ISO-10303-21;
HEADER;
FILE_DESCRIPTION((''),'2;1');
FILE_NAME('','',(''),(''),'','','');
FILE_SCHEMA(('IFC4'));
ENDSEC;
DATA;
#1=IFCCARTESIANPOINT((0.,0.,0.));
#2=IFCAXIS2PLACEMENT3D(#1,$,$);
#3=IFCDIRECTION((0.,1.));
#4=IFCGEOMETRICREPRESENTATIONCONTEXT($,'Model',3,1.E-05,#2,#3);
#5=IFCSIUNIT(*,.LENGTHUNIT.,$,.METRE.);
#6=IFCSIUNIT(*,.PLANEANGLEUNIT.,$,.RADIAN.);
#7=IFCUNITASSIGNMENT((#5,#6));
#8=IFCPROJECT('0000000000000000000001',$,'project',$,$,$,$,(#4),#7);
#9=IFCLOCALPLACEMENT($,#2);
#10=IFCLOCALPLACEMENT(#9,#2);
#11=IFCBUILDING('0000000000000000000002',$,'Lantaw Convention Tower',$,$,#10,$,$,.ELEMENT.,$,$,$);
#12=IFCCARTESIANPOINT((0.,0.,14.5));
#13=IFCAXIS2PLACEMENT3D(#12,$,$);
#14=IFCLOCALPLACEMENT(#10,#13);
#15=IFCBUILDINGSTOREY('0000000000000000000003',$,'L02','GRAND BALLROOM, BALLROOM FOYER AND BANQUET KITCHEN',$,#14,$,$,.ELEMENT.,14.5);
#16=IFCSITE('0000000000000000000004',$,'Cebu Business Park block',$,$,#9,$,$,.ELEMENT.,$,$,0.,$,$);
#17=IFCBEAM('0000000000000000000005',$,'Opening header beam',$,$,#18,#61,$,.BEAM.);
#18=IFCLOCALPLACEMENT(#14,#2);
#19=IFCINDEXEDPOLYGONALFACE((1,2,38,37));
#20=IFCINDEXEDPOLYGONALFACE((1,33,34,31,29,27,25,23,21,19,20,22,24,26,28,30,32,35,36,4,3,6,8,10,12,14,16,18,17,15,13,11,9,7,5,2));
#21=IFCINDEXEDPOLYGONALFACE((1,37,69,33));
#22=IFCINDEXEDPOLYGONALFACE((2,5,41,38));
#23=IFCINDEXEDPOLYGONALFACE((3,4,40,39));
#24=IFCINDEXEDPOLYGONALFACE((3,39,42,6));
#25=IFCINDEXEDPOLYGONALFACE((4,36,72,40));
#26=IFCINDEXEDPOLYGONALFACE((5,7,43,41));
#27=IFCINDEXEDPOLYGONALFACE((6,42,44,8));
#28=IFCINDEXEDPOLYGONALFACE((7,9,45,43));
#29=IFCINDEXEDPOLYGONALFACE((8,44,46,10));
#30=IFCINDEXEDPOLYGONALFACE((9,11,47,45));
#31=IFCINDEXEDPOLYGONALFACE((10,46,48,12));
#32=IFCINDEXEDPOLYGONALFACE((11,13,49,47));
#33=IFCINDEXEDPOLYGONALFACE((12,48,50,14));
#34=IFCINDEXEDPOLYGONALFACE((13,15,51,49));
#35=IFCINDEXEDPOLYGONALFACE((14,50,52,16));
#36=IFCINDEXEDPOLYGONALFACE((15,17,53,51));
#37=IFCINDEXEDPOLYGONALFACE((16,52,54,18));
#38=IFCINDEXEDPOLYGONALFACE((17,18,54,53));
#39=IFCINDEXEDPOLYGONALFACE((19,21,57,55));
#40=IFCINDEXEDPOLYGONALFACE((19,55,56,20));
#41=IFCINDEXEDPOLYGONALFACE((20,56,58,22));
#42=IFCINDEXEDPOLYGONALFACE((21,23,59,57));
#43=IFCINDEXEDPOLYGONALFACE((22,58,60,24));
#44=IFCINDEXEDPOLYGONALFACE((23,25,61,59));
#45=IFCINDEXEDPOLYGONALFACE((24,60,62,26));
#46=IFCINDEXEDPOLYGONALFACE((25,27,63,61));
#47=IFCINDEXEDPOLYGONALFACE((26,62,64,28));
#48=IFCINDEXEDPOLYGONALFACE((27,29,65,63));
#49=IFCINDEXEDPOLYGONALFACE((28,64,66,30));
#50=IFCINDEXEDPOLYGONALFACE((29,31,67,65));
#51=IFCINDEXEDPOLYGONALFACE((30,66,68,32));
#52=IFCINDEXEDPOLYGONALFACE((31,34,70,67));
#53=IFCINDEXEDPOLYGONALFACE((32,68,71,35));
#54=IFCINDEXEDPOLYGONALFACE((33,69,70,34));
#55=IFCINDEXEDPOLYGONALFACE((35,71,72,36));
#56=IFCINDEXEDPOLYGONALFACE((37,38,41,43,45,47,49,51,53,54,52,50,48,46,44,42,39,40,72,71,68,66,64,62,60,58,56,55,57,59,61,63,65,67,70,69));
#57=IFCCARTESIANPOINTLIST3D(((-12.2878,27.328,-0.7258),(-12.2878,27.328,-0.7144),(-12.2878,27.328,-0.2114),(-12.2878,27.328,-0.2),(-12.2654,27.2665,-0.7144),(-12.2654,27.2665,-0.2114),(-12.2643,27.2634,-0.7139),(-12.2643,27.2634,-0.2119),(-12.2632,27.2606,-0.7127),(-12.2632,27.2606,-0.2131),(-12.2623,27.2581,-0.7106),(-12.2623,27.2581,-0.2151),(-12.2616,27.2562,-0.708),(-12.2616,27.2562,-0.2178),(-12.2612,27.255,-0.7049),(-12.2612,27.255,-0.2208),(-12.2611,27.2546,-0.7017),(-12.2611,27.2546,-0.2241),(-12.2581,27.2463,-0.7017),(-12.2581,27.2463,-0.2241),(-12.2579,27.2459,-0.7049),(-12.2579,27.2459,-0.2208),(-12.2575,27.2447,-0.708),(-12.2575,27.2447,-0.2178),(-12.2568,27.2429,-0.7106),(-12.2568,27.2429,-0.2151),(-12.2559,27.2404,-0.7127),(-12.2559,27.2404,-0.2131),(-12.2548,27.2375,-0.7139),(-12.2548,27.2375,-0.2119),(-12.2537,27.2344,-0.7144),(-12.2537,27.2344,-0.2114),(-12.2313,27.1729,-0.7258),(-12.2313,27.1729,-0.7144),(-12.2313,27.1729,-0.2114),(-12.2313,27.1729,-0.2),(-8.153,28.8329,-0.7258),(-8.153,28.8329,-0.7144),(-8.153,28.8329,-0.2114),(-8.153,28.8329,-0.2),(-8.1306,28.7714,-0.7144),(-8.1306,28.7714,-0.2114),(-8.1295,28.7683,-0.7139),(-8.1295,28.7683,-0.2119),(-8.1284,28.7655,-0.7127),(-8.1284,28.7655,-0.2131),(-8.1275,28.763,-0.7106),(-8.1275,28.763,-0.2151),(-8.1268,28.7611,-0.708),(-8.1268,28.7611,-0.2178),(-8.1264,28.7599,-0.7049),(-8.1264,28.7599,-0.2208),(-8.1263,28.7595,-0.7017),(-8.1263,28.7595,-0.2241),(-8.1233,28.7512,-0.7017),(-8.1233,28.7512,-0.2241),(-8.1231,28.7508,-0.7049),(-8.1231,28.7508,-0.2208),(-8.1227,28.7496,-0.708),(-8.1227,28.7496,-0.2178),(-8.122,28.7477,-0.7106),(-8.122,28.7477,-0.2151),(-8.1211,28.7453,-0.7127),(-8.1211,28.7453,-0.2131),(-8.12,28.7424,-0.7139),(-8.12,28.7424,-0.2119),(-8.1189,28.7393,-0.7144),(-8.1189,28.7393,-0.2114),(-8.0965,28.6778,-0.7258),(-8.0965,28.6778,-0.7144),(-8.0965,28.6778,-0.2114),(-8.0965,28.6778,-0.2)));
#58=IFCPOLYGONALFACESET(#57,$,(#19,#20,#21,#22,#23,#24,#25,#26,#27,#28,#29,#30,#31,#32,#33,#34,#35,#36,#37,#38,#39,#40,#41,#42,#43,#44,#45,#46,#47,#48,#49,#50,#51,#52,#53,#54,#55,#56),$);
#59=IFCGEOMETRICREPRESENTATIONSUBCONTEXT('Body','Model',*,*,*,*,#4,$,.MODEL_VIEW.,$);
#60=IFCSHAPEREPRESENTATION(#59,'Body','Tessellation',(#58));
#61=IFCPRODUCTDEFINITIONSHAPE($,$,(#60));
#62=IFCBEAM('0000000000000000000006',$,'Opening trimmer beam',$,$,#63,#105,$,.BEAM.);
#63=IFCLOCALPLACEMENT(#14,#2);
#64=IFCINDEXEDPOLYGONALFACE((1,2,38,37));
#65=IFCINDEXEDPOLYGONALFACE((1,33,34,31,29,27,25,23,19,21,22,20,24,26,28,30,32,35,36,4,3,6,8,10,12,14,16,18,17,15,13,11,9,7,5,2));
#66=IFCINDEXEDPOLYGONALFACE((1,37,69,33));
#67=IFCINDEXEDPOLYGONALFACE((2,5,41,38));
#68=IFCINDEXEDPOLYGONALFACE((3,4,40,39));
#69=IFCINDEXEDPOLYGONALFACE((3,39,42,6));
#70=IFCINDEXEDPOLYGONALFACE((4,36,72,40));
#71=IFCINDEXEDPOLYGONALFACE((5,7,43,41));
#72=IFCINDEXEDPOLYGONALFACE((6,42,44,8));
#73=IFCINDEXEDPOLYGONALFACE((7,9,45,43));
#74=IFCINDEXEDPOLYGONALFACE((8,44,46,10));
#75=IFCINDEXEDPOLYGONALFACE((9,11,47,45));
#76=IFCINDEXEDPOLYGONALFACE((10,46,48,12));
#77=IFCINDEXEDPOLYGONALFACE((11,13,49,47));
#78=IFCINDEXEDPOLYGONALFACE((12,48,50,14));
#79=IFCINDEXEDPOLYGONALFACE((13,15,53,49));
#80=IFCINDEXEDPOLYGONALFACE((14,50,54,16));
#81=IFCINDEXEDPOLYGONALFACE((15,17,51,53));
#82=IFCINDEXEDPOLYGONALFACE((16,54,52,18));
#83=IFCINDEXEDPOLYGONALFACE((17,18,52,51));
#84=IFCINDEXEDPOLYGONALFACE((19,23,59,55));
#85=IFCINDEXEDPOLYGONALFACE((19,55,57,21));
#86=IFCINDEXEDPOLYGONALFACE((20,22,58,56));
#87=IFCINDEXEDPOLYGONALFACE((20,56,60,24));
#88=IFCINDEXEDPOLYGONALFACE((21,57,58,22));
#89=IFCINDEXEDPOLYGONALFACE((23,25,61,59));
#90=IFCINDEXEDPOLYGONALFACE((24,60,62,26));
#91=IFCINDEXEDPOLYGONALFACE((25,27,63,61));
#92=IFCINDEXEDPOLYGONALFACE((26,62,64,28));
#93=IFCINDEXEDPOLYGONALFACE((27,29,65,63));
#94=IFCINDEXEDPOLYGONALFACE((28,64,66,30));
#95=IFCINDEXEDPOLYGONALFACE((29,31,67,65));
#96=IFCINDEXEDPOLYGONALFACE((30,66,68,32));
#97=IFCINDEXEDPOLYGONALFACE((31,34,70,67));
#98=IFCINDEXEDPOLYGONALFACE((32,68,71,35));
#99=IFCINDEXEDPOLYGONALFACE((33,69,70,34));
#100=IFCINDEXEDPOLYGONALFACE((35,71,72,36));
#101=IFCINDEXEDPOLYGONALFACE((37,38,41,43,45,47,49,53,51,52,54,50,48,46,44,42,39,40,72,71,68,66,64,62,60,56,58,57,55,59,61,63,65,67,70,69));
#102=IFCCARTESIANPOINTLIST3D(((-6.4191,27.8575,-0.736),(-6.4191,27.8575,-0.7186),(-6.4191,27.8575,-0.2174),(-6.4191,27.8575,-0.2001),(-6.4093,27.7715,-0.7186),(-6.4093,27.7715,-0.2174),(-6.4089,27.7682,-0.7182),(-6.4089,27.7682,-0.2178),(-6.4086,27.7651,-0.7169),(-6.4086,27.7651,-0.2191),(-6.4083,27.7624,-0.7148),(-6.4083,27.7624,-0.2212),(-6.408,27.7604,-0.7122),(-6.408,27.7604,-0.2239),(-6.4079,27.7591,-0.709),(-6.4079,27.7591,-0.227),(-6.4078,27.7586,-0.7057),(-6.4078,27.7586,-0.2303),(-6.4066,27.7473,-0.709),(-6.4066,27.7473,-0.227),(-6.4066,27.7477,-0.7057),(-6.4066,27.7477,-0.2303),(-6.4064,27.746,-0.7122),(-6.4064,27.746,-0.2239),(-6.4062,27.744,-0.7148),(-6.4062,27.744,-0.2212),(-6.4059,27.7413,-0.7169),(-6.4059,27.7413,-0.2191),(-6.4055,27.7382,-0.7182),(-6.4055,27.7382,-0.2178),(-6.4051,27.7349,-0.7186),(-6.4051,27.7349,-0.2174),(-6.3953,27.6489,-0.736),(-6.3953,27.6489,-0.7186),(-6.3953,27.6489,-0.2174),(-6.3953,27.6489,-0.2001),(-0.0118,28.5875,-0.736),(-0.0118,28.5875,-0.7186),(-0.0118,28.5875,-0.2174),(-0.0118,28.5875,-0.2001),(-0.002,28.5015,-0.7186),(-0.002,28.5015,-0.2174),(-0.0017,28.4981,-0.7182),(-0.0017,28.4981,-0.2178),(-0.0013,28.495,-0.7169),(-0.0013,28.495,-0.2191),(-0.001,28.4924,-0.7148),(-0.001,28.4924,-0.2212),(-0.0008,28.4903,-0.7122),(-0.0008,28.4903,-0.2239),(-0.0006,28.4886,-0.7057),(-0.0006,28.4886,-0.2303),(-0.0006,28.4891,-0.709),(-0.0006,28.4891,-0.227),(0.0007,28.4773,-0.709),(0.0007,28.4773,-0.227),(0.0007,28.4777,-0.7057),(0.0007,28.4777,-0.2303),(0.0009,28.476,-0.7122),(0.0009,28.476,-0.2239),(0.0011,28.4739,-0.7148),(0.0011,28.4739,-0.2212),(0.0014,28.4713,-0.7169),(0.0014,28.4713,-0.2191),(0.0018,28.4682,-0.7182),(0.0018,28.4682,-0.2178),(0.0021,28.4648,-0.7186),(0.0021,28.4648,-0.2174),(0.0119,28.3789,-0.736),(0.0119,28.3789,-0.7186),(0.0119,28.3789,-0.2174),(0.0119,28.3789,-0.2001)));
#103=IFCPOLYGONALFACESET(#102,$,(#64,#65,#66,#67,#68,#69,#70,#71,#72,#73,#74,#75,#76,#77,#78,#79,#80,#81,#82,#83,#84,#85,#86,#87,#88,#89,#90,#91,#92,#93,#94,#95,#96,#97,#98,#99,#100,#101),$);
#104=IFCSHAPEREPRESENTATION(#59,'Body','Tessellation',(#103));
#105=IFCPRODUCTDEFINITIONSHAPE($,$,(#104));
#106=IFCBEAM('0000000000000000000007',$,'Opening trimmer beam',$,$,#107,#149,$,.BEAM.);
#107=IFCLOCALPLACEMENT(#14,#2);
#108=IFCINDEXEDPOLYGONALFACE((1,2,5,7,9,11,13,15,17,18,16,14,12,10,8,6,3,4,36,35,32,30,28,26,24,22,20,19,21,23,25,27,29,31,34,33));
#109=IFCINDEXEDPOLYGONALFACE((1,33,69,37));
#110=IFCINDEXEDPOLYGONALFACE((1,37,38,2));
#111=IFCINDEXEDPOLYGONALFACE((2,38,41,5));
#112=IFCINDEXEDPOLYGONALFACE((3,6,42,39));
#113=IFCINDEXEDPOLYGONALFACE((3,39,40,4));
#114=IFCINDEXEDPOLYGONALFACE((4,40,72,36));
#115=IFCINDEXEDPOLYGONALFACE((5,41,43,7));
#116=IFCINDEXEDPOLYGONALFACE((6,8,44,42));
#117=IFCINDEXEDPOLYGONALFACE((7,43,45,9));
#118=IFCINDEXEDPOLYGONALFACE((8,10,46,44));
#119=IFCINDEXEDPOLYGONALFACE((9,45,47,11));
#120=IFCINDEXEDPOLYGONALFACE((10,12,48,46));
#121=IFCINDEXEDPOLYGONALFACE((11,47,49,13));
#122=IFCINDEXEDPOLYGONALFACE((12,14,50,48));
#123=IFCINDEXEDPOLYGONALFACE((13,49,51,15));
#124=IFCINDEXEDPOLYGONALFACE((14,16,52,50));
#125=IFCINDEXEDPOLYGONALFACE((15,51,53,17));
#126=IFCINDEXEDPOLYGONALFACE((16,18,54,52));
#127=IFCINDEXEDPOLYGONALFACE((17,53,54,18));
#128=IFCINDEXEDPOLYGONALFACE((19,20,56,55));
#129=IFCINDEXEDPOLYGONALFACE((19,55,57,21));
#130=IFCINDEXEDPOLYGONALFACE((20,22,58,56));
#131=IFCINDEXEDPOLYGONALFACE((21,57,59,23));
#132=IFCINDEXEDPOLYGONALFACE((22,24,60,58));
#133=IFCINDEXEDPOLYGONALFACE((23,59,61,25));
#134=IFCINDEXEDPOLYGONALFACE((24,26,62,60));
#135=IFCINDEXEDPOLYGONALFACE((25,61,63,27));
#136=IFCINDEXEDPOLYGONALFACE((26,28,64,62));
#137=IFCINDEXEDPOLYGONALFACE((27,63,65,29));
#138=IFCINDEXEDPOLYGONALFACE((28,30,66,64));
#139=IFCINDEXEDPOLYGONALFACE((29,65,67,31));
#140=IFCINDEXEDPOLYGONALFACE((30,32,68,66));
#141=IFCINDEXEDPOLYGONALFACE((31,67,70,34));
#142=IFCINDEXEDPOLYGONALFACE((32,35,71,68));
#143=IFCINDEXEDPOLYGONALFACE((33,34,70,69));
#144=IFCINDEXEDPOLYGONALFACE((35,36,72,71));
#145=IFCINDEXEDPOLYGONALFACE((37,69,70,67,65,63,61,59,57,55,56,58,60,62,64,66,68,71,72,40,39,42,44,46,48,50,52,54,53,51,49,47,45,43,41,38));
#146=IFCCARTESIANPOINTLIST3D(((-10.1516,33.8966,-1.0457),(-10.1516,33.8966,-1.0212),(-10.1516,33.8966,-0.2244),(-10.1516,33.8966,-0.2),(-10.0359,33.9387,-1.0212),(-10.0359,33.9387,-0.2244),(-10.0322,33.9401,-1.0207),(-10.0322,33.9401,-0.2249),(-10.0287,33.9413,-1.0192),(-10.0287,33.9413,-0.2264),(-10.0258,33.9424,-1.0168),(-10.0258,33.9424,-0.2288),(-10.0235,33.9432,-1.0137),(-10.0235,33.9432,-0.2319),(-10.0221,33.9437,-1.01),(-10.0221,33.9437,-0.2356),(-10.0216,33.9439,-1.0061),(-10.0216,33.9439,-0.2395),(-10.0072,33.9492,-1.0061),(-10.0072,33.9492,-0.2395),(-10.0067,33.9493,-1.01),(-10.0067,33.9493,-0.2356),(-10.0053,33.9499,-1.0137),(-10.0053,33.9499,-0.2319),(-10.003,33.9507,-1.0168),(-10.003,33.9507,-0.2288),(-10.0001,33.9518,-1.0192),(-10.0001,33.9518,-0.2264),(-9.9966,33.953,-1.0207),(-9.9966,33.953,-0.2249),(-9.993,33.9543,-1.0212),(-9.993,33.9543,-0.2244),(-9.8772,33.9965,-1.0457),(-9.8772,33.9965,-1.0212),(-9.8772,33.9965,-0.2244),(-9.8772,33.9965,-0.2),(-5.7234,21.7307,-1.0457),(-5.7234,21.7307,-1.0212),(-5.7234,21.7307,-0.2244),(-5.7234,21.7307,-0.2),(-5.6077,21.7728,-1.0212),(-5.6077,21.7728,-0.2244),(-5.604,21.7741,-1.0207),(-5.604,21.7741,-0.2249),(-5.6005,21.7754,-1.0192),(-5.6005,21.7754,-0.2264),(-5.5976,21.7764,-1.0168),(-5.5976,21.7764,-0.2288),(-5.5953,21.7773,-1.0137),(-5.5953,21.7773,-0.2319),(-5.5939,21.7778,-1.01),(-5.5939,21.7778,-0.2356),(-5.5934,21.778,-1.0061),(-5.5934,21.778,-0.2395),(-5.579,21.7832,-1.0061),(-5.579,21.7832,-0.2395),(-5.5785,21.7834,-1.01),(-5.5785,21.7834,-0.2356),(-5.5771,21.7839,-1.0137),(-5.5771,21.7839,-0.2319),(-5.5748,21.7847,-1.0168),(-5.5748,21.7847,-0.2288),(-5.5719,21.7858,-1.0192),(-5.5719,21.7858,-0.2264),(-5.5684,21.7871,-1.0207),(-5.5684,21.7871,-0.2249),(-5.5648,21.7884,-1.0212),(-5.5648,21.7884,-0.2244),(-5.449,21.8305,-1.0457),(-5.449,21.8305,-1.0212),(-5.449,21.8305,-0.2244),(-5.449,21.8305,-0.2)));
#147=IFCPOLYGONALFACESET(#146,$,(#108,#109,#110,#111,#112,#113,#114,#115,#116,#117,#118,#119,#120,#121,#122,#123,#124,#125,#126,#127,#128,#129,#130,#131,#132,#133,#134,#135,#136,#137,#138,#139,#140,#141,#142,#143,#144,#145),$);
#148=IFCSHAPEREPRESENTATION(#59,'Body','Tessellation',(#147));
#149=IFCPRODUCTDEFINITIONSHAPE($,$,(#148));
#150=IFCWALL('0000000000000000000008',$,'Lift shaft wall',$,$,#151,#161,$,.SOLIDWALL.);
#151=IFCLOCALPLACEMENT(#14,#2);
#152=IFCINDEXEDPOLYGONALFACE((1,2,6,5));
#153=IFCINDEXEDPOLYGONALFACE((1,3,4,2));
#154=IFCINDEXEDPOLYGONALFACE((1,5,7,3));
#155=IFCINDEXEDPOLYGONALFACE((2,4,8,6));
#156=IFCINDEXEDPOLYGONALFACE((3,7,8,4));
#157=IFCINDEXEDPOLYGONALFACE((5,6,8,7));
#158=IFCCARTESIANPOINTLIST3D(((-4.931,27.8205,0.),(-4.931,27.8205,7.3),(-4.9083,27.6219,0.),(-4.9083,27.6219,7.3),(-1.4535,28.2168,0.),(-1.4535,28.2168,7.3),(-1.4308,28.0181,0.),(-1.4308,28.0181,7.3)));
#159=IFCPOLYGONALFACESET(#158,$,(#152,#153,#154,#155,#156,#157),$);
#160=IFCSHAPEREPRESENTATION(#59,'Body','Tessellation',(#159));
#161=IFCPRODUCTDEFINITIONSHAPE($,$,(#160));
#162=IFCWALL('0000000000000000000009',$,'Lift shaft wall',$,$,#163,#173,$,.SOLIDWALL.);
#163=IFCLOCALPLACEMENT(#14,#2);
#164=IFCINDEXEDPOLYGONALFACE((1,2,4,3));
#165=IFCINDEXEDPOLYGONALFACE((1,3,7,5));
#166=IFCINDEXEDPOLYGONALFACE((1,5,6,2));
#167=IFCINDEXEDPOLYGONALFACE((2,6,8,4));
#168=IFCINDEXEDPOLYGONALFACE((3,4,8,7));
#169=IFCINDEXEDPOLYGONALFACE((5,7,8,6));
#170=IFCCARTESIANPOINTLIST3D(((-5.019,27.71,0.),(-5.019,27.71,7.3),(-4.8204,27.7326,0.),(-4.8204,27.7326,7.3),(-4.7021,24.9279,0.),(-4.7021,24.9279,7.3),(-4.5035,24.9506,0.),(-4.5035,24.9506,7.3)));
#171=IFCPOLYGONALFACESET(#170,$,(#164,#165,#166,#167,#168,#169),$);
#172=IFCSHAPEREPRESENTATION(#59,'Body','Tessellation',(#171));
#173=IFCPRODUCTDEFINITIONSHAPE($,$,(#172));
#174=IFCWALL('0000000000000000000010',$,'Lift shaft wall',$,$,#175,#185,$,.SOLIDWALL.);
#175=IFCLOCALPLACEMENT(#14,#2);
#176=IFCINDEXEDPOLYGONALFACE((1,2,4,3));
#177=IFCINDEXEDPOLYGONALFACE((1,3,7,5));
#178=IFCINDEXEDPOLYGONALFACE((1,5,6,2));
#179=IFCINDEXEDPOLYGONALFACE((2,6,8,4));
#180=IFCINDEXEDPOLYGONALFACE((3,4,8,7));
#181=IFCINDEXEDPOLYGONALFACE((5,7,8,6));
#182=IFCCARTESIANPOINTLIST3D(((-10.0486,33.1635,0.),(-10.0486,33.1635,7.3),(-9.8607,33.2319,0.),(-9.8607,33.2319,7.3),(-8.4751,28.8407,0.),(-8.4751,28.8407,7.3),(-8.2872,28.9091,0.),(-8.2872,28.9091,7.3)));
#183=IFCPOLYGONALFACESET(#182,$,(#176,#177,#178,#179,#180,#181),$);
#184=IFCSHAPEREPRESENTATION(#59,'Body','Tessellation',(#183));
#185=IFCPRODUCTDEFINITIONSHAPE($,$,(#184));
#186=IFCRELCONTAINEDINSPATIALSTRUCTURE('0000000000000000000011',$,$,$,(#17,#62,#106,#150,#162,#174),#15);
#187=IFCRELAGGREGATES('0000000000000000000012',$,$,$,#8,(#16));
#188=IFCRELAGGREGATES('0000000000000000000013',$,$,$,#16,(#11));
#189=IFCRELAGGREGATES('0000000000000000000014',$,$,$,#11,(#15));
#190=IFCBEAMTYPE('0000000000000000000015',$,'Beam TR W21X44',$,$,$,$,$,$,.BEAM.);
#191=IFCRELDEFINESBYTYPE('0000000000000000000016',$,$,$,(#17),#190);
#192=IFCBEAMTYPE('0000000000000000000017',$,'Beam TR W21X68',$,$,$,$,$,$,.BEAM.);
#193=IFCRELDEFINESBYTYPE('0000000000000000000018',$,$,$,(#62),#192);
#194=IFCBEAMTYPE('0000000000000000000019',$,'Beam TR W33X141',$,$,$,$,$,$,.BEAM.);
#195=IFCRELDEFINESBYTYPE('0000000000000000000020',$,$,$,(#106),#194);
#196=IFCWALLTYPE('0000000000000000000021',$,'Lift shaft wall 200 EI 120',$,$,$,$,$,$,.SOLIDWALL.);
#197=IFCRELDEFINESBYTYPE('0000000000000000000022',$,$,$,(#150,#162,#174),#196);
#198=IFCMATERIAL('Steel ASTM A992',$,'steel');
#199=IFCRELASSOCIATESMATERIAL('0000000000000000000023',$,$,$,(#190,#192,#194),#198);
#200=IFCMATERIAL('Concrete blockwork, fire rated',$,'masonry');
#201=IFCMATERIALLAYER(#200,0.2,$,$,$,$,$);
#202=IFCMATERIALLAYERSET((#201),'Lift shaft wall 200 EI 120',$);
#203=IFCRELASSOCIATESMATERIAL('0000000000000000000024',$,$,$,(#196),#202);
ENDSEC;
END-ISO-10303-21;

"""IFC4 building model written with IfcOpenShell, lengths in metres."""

from ifc_helpers import new_model, si_unit, direction, frame, frame_2d, origin, origin_2d, place, context, subcontext, project, spatial, rectangle, i_section, extrude, material, layer, layer_set, material_profile, profile_set, type_object, element, save


model = new_model("IFC4")

# Units and contexts
model_context = context("Model", 3, precision=1e-05, world=origin(), true_north=direction((0.0, 1.0)))
body_context = subcontext(model_context, "Body", "Model", "MODEL_VIEW")
ifc_project = project(units=[si_unit("LENGTHUNIT", "METRE"), si_unit("PLANEANGLEUNIT", "RADIAN")], contexts=[model_context])

# Site, building, storey
site_placement = place(None, origin())
site = spatial("IfcSite", under=ifc_project, at=site_placement, Name="Cebu Business Park block", CompositionType="ELEMENT", RefElevation=0.0)
building_placement = place(site_placement, origin())
building = spatial("IfcBuilding", under=site, at=building_placement, Name="Lantaw Convention Tower", CompositionType="ELEMENT")
storey_placement = place(building_placement, frame((0.0, 0.0, 14.5)))
storey = spatial("IfcBuildingStorey", under=building, at=storey_placement, Name="L02", Description="GRAND BALLROOM, BALLROOM FOYER AND BANQUET KITCHEN", CompositionType="ELEMENT", Elevation=14.5)

# Beams
ifc_material_1 = material(Name="Steel ASTM A992", Category="steel")
ifc_material_profile_1 = material_profile(ifc_material_1, i_section(OverallWidth=0.165, OverallDepth=0.5259, WebThickness=0.0088, FlangeThickness=0.0115, FilletRadius=0.0127, at=origin_2d()), Name="W21X44")
ifc_profile_set_1 = profile_set([ifc_material_profile_1], Name="Steel ASTM A992")
beam_type_1 = type_object("IfcBeamType", Name="Beam TR W21X44", PredefinedType="BEAM", material=ifc_profile_set_1)
beam_1_placement = place(storey_placement, frame((-8.1248, 28.7554, -0.4629), z_axis=(-0.939696, -0.34201, 0.0), x_axis=(0.34201, -0.939696, 0.0)))
element("IfcBeam", 1, at=beam_1_placement, inside=storey, type_object=beam_type_1, Name="Opening header beam", PredefinedType="BEAM", context=body_context, shape_type="SweptSolid", body=[
    extrude(i_section(OverallWidth=0.165, OverallDepth=0.5259, WebThickness=0.0088, FlangeThickness=0.0115, FilletRadius=0.0127, at=origin_2d()), origin(), (0.0, 0.0, 1.0), 4.4001),
])
ifc_material_profile_2 = material_profile(ifc_material_1, i_section(OverallWidth=0.21, OverallDepth=0.5359, WebThickness=0.011, FlangeThickness=0.0173, FilletRadius=0.0129, at=origin_2d()), Name="W21X68")
ifc_profile_set_2 = profile_set([ifc_material_profile_2], Name="Steel ASTM A992")
beam_type_2 = type_object("IfcBeamType", Name="Beam TR W21X68", PredefinedType="BEAM", material=ifc_profile_set_2)
beam_2_placement = place(storey_placement, frame((-6.4072, 27.7532, -0.468), z_axis=(0.993572, 0.113199, 0.0), x_axis=(-0.113199, 0.993572, 0.0)))
element("IfcBeam", 2, at=beam_2_placement, inside=storey, type_object=beam_type_2, Name="Opening trimmer beam", PredefinedType="BEAM", context=body_context, shape_type="SweptSolid", body=[
    extrude(i_section(OverallWidth=0.21, OverallDepth=0.5359, WebThickness=0.011, FlangeThickness=0.0173, FilletRadius=0.0129, at=origin_2d()), origin(), (0.0, 0.0, 1.0), 6.4487),
])
ifc_material_profile_3 = material_profile(ifc_material_1, i_section(OverallWidth=0.292, OverallDepth=0.8457, WebThickness=0.0154, FlangeThickness=0.0244, FilletRadius=0.0151, at=origin_2d()), Name="W33X141")
ifc_profile_set_3 = profile_set([ifc_material_profile_3], Name="Steel ASTM A992")
beam_type_3 = type_object("IfcBeamType", Name="Beam TR W33X141", PredefinedType="BEAM", material=ifc_profile_set_3)
beam_3_placement = place(storey_placement, frame((-10.0144, 33.9465, -0.6228), z_axis=(0.342031, -0.939689, 0.0), x_axis=(0.939689, 0.342031, 0.0)))
element("IfcBeam", 3, at=beam_3_placement, inside=storey, type_object=beam_type_3, Name="Opening trimmer beam", PredefinedType="BEAM", context=body_context, shape_type="SweptSolid", body=[
    extrude(i_section(OverallWidth=0.292, OverallDepth=0.8457, WebThickness=0.0154, FlangeThickness=0.0244, FilletRadius=0.0151, at=origin_2d()), origin(), (0.0, 0.0, 1.0), 12.9468),
])

# Walls
ifc_material_2 = material(Name="Concrete blockwork, fire rated", Category="masonry")
ifc_layer_1 = layer(ifc_material_2, 0.2)
ifc_layer_set_1 = layer_set([ifc_layer_1], Name="Lift shaft wall 200 EI 120")
wall_type_1 = type_object("IfcWallType", Name="Lift shaft wall 200 EI 120", PredefinedType="SOLIDWALL", material=ifc_layer_set_1)
wall_1_placement = place(storey_placement, frame((-1.4421, 28.1174, 0.0), z_axis=(0.0, 0.0, 1.0), x_axis=(-0.993571, -0.11321, 0.0)))
element("IfcWall", 4, at=wall_1_placement, inside=storey, type_object=wall_type_1, Name="Lift shaft wall", PredefinedType="SOLIDWALL", context=body_context, shape_type="SweptSolid", body=[
    extrude(rectangle(XDim=3.5, YDim=0.2, at=frame_2d((1.75, 0.0))), origin(), (0.0, 0.0, 1.0), 7.3),
])
wall_2_placement = place(storey_placement, frame((-4.9197, 27.7212, 0.0), z_axis=(0.0, 0.0, 1.0), x_axis=(0.113178, -0.993575, 0.0)))
element("IfcWall", 5, at=wall_2_placement, inside=storey, type_object=wall_type_1, Name="Lift shaft wall", PredefinedType="SOLIDWALL", context=body_context, shape_type="SweptSolid", body=[
    extrude(rectangle(XDim=2.8, YDim=0.2, at=frame_2d((1.3999, 0.0))), origin(), (0.0, 0.0, 1.0), 7.3),
])
wall_3_placement = place(storey_placement, frame((-8.3811, 28.8748, 0.0), z_axis=(0.0, 0.0, 1.0), x_axis=(-0.342046, 0.939683, 0.0)))
element("IfcWall", 6, at=wall_3_placement, inside=storey, type_object=wall_type_1, Name="Lift shaft wall", PredefinedType="SOLIDWALL", context=body_context, shape_type="SweptSolid", body=[
    extrude(rectangle(XDim=4.6003, YDim=0.2, at=frame_2d((2.3003, 0.0))), origin(), (0.0, 0.0, 1.0), 7.3),
])

save(model, "model.ifc")
